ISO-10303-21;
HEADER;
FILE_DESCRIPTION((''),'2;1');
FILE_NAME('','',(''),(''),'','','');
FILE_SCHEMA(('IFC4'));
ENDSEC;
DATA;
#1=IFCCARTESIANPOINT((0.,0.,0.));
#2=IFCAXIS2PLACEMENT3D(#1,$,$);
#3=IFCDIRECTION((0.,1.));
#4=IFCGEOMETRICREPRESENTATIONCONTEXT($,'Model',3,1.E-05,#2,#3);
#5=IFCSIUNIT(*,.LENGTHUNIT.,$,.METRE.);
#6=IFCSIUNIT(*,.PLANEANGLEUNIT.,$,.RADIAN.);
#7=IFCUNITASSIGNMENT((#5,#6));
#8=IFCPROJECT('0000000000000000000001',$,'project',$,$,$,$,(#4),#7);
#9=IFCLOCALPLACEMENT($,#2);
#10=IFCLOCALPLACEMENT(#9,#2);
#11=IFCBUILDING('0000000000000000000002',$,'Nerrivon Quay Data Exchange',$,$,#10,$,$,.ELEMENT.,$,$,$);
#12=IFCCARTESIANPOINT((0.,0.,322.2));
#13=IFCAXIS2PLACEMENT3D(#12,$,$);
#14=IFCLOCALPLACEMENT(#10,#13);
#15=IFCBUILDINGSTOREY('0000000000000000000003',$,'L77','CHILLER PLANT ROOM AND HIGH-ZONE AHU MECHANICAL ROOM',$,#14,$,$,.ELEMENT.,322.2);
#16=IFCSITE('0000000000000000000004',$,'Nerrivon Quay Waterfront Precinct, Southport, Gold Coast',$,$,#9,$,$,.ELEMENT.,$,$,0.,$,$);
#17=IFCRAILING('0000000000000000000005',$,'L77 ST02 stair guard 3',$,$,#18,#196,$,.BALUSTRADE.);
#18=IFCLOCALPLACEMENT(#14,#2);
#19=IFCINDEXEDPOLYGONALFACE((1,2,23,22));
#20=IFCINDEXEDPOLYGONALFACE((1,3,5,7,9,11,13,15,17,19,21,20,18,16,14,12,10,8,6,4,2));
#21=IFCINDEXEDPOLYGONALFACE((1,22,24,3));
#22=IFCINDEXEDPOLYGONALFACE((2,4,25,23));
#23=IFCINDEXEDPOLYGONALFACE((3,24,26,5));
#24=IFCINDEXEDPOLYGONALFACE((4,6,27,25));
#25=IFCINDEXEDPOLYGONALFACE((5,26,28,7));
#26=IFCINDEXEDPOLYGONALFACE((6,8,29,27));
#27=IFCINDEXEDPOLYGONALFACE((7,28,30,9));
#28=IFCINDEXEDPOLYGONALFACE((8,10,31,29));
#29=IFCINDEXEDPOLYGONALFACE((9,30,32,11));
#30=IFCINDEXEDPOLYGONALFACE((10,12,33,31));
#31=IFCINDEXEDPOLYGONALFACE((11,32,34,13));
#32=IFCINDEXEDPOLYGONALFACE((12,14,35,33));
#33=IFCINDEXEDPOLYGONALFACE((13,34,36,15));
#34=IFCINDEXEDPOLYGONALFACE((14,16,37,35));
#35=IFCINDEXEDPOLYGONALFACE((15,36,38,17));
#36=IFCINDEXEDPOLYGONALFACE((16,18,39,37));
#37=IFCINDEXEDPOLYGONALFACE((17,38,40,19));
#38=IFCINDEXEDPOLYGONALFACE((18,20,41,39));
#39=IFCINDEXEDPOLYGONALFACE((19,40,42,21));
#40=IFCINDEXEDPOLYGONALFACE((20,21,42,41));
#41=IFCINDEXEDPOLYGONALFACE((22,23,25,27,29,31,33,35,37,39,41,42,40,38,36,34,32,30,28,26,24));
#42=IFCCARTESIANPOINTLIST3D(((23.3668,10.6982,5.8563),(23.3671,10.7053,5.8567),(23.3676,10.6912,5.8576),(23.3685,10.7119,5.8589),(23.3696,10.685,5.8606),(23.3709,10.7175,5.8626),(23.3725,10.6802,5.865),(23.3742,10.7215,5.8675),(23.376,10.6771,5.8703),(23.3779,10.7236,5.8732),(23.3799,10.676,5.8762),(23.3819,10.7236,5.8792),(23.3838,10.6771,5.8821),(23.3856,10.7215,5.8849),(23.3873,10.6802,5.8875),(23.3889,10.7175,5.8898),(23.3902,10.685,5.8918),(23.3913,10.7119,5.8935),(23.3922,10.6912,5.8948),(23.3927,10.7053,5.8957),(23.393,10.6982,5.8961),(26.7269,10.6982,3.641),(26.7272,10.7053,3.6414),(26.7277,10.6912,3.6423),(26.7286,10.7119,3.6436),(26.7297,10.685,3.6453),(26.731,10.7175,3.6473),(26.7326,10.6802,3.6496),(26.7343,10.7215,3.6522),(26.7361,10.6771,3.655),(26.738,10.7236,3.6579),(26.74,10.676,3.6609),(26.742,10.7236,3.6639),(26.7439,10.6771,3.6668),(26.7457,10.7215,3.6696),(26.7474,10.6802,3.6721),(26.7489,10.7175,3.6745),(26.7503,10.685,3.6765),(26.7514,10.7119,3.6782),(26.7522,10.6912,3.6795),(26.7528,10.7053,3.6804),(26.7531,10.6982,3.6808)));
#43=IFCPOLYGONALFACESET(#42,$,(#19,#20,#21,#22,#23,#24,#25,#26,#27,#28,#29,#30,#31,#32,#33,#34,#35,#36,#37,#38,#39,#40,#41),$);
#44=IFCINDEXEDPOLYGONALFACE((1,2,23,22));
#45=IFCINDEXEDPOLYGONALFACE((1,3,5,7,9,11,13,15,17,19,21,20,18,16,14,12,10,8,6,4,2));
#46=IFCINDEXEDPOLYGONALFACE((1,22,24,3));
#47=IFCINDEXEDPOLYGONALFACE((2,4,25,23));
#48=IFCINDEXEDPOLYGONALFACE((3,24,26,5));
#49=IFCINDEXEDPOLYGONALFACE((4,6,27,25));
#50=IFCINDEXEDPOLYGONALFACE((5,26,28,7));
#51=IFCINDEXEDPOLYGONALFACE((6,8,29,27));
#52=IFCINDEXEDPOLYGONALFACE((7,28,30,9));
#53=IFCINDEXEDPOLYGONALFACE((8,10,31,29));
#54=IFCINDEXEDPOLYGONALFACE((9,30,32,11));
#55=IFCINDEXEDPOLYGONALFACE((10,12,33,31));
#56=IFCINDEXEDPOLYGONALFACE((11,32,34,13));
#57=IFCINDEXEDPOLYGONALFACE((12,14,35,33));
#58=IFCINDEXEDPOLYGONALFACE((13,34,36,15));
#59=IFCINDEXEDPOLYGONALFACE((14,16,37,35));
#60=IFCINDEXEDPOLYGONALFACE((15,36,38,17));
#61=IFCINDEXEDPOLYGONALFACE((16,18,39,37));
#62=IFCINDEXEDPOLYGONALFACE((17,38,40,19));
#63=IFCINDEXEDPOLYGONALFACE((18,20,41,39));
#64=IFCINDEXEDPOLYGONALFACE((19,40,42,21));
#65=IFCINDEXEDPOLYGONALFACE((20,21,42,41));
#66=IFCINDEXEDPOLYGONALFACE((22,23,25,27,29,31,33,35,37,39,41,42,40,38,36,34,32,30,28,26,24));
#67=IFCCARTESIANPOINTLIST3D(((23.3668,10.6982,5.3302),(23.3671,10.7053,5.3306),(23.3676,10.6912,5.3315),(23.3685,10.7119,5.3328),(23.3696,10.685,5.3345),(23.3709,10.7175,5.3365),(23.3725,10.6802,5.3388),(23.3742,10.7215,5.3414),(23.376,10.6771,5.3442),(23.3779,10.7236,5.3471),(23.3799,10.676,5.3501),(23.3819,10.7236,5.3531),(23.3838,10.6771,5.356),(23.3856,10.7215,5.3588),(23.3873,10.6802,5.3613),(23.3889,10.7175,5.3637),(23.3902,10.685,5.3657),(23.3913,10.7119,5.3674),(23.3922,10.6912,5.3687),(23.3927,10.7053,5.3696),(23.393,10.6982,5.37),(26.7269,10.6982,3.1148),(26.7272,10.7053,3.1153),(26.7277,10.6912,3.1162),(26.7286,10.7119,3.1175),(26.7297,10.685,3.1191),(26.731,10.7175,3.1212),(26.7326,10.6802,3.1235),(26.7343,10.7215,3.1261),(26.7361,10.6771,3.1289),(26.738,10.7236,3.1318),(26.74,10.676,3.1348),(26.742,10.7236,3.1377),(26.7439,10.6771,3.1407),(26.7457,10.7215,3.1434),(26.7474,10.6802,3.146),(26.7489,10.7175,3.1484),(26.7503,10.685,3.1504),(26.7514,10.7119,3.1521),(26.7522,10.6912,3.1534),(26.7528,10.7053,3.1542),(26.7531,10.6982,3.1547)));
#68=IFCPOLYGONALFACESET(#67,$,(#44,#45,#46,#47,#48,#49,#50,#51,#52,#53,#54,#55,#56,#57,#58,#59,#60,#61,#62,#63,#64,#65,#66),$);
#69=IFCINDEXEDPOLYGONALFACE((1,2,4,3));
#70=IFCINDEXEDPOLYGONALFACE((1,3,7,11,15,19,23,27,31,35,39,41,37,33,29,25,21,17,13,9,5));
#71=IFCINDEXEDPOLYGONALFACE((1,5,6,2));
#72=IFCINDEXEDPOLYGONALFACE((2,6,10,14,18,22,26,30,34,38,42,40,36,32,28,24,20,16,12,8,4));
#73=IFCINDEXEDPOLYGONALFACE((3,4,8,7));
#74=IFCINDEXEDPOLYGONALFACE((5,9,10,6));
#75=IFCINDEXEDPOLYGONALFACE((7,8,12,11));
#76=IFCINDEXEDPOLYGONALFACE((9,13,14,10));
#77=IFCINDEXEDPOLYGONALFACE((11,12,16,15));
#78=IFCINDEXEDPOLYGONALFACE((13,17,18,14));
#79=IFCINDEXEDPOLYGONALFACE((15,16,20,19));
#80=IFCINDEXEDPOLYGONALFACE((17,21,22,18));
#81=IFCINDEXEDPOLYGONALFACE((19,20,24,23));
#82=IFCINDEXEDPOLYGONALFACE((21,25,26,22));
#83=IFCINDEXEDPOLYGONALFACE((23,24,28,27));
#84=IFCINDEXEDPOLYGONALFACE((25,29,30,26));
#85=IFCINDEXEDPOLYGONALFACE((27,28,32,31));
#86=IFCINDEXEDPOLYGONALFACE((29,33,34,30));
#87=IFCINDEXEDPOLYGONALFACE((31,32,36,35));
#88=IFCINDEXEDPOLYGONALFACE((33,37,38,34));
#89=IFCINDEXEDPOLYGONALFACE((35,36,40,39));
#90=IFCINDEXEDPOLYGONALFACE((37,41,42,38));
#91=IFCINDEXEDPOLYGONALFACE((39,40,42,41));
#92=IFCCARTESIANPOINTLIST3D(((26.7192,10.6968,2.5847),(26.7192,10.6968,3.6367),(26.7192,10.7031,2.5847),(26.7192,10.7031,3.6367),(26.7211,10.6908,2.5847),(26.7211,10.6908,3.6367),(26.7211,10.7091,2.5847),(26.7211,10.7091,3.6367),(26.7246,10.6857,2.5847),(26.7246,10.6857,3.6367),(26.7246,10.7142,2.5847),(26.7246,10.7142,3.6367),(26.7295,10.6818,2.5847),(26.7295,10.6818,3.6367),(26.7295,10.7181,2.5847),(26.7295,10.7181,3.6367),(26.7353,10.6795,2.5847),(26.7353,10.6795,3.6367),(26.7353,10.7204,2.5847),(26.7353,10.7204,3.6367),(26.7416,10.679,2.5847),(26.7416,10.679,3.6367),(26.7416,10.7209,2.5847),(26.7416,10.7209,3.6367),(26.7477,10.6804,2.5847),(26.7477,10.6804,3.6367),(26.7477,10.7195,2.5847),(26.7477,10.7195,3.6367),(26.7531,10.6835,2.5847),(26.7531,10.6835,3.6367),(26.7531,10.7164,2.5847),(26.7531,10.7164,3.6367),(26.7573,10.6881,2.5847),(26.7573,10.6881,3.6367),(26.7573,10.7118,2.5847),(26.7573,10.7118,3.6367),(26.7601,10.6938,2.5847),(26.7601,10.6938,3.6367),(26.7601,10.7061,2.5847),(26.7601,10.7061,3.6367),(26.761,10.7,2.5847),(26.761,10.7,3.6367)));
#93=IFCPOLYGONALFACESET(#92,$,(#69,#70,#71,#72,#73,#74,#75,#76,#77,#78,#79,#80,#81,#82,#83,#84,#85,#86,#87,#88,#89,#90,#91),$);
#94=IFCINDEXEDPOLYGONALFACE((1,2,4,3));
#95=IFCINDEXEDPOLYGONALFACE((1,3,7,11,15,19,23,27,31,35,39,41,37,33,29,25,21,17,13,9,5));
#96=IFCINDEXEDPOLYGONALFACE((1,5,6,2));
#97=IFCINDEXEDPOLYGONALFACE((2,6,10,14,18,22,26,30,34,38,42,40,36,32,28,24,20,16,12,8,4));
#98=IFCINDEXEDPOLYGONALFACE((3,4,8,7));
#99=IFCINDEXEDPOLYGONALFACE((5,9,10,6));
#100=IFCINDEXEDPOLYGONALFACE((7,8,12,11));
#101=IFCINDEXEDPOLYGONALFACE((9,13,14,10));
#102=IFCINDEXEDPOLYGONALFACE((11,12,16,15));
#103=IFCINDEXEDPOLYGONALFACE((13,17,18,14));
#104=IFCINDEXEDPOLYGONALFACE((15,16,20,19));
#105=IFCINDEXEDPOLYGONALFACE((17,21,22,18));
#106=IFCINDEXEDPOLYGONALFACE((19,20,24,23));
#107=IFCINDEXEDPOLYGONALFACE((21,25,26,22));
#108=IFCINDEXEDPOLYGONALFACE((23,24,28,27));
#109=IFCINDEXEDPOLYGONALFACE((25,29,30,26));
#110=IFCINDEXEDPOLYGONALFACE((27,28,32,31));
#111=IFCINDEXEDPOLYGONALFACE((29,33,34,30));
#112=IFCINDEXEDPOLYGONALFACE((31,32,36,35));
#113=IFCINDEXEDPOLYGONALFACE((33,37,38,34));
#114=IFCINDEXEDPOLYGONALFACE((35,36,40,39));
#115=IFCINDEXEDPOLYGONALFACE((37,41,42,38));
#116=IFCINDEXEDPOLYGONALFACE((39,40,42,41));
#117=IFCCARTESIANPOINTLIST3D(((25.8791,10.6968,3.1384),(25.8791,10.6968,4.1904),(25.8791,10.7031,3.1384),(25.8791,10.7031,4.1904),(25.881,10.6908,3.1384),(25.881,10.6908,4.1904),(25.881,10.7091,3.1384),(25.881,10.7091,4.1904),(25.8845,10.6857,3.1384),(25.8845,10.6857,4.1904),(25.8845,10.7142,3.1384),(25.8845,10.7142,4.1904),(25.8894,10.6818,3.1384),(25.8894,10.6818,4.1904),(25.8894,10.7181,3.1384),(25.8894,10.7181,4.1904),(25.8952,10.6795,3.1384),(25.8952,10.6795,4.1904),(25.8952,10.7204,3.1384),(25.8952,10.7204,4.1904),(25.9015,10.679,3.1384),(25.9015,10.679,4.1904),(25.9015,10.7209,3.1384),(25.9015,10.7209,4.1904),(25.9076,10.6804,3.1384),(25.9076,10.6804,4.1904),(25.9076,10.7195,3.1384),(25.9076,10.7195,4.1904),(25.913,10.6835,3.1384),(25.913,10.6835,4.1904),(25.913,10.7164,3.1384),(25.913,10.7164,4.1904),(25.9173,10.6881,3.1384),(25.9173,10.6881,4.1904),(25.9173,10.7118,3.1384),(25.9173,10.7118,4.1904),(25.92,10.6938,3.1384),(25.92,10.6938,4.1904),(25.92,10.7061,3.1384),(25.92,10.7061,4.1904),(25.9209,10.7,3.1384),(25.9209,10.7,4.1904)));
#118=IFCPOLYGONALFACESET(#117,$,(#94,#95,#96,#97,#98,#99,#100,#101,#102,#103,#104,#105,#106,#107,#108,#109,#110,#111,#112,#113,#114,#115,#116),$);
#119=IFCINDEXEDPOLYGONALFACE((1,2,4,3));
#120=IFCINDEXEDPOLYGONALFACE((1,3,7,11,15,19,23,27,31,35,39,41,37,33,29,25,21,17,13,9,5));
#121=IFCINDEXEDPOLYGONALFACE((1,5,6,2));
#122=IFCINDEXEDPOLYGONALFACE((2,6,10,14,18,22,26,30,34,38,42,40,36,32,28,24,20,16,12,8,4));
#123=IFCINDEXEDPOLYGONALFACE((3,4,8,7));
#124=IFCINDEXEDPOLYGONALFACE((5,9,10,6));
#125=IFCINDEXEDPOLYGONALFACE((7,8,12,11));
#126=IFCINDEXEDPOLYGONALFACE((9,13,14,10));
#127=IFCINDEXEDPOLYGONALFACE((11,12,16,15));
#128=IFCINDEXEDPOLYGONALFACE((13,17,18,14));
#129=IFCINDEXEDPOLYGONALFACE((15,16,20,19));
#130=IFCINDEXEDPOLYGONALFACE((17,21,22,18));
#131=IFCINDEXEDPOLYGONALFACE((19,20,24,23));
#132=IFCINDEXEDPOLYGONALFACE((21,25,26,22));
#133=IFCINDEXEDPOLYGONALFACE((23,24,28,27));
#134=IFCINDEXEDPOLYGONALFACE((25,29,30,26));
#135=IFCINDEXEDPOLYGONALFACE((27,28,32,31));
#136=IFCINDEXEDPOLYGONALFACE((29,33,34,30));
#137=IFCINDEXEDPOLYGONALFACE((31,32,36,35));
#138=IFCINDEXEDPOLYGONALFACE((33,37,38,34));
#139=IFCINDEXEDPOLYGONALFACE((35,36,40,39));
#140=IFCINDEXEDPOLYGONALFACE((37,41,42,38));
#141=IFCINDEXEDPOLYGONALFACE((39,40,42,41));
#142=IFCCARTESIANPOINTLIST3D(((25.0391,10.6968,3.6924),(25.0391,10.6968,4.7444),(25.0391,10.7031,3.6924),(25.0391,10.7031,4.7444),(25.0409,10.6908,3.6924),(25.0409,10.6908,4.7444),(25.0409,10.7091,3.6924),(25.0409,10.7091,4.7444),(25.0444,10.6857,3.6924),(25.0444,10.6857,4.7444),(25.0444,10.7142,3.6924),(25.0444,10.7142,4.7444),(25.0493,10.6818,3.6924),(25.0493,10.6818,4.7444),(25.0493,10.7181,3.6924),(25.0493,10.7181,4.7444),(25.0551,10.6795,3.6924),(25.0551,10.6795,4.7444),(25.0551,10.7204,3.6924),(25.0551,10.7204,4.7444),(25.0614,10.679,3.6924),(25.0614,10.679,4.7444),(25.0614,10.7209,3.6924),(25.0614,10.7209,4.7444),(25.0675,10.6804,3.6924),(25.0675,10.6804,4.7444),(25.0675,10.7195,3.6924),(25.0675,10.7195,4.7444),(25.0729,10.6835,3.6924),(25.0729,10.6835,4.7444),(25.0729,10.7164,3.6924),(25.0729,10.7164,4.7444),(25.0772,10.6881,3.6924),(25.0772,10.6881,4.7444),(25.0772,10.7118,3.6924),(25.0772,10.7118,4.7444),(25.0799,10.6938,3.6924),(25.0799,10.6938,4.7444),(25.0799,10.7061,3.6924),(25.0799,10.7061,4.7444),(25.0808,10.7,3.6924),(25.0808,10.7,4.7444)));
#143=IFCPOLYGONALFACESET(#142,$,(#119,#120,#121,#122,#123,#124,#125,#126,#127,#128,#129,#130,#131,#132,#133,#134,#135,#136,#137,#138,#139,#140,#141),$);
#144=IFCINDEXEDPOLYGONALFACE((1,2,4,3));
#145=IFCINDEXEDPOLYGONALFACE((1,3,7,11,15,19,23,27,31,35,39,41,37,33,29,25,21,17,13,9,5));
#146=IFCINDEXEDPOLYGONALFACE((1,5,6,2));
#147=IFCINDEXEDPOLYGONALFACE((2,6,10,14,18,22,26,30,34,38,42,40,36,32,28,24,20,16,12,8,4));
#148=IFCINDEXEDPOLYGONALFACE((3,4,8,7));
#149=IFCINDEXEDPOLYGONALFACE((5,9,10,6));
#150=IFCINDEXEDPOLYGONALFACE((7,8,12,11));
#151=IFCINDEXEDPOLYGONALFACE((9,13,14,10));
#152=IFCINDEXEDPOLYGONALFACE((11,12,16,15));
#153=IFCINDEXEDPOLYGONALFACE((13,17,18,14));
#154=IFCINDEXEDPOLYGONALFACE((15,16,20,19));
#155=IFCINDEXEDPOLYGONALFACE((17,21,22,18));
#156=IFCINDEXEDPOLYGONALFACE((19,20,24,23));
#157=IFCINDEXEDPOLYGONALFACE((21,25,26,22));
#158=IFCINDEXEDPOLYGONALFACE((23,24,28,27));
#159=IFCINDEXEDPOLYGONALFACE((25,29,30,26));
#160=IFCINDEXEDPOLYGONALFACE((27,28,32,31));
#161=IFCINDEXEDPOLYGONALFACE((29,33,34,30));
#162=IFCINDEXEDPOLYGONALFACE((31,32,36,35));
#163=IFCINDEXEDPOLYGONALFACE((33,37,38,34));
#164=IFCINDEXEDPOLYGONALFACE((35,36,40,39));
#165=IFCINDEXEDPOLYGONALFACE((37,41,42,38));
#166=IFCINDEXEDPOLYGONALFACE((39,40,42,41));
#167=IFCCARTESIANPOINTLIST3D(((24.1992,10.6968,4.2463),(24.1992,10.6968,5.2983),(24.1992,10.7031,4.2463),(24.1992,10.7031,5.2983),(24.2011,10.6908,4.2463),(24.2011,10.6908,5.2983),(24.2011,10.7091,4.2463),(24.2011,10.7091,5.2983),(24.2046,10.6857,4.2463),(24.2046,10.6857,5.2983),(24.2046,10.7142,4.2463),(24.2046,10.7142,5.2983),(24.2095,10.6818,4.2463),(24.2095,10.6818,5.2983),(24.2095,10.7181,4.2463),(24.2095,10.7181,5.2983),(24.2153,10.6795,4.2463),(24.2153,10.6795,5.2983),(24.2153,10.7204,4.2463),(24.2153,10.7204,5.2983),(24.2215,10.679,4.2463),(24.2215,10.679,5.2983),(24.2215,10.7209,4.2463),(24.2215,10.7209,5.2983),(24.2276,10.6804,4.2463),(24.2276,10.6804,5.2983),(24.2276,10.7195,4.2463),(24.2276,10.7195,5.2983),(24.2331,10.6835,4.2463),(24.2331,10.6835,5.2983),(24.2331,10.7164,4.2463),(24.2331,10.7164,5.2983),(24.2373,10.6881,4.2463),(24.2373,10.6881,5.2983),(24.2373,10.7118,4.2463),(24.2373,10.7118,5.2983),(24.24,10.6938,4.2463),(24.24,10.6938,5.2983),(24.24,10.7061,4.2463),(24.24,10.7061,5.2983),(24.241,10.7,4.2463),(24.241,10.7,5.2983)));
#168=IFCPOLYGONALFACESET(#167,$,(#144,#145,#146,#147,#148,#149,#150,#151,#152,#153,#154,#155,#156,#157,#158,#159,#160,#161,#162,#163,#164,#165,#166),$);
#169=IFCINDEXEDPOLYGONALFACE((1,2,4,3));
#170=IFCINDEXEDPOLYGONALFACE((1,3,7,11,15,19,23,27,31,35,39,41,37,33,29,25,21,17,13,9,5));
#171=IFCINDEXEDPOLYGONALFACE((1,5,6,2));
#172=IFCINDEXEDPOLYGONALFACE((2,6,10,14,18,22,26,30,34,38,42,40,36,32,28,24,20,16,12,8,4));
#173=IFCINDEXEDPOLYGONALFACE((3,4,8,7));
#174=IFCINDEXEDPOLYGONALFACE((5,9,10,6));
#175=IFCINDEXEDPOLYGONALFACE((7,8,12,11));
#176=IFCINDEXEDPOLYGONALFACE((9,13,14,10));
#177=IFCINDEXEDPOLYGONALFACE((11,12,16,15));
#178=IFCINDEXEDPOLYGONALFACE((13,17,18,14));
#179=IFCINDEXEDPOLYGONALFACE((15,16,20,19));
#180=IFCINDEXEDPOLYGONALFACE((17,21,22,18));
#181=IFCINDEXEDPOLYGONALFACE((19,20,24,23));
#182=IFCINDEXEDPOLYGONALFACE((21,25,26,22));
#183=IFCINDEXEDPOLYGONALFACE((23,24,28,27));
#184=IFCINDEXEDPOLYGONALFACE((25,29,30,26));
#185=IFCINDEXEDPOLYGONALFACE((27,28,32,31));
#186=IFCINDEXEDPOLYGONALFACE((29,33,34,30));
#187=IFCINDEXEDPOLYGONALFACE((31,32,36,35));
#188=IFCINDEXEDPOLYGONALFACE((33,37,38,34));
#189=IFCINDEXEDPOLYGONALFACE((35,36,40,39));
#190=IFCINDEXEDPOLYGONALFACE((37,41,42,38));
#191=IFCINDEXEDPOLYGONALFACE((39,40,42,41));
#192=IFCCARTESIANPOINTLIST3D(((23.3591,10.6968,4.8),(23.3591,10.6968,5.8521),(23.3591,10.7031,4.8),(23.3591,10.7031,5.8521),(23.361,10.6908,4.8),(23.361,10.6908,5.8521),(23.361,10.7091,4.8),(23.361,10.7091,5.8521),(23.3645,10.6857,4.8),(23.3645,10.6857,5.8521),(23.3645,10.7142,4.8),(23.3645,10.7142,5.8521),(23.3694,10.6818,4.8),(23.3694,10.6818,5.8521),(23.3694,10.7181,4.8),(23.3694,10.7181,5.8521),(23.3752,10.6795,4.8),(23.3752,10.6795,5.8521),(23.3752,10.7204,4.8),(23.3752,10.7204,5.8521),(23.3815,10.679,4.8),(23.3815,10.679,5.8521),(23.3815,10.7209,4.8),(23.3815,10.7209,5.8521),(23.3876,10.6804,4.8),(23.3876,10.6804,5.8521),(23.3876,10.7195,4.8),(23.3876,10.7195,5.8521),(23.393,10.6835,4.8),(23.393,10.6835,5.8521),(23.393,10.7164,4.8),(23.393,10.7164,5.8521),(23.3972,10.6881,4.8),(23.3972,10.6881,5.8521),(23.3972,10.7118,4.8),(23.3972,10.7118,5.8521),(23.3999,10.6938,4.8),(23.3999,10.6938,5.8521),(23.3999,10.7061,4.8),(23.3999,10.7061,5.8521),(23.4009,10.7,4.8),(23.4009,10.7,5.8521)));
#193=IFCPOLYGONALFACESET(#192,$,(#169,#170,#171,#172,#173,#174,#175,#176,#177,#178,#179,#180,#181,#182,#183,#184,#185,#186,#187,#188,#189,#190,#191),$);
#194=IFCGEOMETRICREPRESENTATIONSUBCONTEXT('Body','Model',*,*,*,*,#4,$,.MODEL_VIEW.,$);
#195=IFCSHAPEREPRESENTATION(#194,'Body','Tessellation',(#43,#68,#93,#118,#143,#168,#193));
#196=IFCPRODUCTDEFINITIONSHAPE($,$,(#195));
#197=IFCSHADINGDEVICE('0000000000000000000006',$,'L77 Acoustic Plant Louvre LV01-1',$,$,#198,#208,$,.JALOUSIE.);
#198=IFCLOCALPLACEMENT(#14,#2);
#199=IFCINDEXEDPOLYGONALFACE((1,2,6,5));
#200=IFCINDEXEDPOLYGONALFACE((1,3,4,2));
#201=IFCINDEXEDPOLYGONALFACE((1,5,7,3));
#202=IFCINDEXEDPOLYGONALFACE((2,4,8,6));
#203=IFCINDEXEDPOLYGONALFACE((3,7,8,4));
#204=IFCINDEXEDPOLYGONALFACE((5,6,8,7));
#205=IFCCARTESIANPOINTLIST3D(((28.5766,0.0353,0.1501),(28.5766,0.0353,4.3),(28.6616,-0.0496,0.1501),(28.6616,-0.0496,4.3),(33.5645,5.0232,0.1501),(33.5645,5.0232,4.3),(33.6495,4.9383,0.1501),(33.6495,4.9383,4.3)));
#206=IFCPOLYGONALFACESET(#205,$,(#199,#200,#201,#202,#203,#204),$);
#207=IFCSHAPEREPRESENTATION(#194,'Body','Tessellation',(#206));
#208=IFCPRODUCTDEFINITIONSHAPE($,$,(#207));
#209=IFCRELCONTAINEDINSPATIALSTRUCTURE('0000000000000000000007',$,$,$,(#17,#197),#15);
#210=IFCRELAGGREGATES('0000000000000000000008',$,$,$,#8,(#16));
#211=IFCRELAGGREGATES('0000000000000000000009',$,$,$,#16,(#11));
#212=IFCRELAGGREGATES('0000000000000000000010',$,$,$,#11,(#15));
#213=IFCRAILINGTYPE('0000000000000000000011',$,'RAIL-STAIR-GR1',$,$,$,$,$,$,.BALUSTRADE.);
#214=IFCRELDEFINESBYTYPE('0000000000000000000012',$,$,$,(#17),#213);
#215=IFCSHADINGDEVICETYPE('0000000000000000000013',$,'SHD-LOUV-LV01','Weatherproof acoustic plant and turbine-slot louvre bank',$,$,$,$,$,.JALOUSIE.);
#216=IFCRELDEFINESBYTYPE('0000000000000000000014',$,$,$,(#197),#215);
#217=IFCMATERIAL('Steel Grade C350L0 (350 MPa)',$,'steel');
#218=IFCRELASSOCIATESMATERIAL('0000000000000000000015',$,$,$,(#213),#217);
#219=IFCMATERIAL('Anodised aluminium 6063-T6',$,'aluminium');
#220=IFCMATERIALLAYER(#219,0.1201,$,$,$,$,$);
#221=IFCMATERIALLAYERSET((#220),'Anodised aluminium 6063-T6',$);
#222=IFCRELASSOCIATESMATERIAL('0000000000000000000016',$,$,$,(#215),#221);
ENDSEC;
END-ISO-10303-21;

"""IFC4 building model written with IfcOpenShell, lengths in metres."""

from ifc_helpers import new_model, si_unit, direction, frame, origin, origin_2d, place, context, subcontext, project, spatial, rectangle, circle, extrude, material, layer, layer_set, type_object, element, save


model = new_model("IFC4")

# Units and contexts
model_context = context("Model", 3, precision=1e-05, world=origin(), true_north=direction((0.0, 1.0)))
body_context = subcontext(model_context, "Body", "Model", "MODEL_VIEW")
ifc_project = project(units=[si_unit("LENGTHUNIT", "METRE"), si_unit("PLANEANGLEUNIT", "RADIAN")], contexts=[model_context])

# Site, building, storey
site_placement = place(None, origin())
site = spatial("IfcSite", under=ifc_project, at=site_placement, Name="Nerrivon Quay Waterfront Precinct, Southport, Gold Coast", CompositionType="ELEMENT", RefElevation=0.0)
building_placement = place(site_placement, origin())
building = spatial("IfcBuilding", under=site, at=building_placement, Name="Nerrivon Quay Data Exchange", CompositionType="ELEMENT")
storey_placement = place(building_placement, frame((0.0, 0.0, 322.2)))
storey = spatial("IfcBuildingStorey", under=building, at=storey_placement, Name="L77", Description="CHILLER PLANT ROOM AND HIGH-ZONE AHU MECHANICAL ROOM", CompositionType="ELEMENT", Elevation=322.2)

# Railing
ifc_material_1 = material(Name="Steel Grade C350L0 (350 MPa)", Category="steel")
railing_type_1 = type_object("IfcRailingType", Name="RAIL-STAIR-GR1", PredefinedType="BALUSTRADE", material=ifc_material_1)
railing_1_placement = place(storey_placement, frame((26.74, 10.7, 2.5847)))
element("IfcRailing", 1, at=railing_1_placement, inside=storey, type_object=railing_type_1, Name="L77 ST02 stair guard 3", PredefinedType="BALUSTRADE", context=body_context, shape_type="SweptSolid", body=[
    extrude(circle(Radius=0.0239, at=origin_2d()), frame((0.0, 0.0, 1.0762), z_axis=(-0.834876, 0.0, 0.550437), x_axis=(0.0, -1.0, 0.0)), (0.0, 0.0, 1.0), 4.0247),
    extrude(circle(Radius=0.0239, at=origin_2d()), frame((0.0, 0.0, 0.55), z_axis=(-0.834876, 0.0, 0.550437), x_axis=(0.0, -1.0, 0.0)), (0.0, 0.0, 1.0), 4.0247),
    extrude(circle(Radius=0.021, at=origin_2d()), origin(), (0.0, 0.0, 1.0), 1.052),
    extrude(circle(Radius=0.021, at=origin_2d()), frame((-0.8401, 0.0, 0.5537)), (0.0, 0.0, 1.0), 1.052),
    extrude(circle(Radius=0.021, at=origin_2d()), frame((-1.6802, 0.0, 1.1077)), (0.0, 0.0, 1.0), 1.052),
    extrude(circle(Radius=0.021, at=origin_2d()), frame((-2.52, 0.0, 1.6616)), (0.0, 0.0, 1.0), 1.052),
    extrude(circle(Radius=0.021, at=origin_2d()), frame((-3.3601, 0.0, 2.2153)), (0.0, 0.0, 1.0), 1.052),
])

# Shading device
ifc_material_2 = material(Name="Anodised aluminium 6063-T6", Category="aluminium")
ifc_layer_1 = layer(ifc_material_2, 0.1201)
ifc_layer_set_1 = layer_set([ifc_layer_1], Name="Anodised aluminium 6063-T6")
shading_device_type = type_object("IfcShadingDeviceType", Name="SHD-LOUV-LV01", Description="Weatherproof acoustic plant and turbine-slot louvre bank", PredefinedType="JALOUSIE", material=ifc_layer_set_1)
shading_device_1_placement = place(storey_placement, frame((31.113, 2.4868, 0.1501), z_axis=(0.0, 0.0, 1.0), x_axis=(-0.707107, -0.707107, 0.0)))
element("IfcShadingDevice", 2, at=shading_device_1_placement, inside=storey, type_object=shading_device_type, Name="L77 Acoustic Plant Louvre LV01-1", PredefinedType="JALOUSIE", context=body_context, shape_type="SweptSolid", body=[
    extrude(rectangle(XDim=7.054, YDim=0.1201, at=origin_2d()), origin(), (0.0, 0.0, 1.0), 4.1499),
])

save(model, "model.ifc")
